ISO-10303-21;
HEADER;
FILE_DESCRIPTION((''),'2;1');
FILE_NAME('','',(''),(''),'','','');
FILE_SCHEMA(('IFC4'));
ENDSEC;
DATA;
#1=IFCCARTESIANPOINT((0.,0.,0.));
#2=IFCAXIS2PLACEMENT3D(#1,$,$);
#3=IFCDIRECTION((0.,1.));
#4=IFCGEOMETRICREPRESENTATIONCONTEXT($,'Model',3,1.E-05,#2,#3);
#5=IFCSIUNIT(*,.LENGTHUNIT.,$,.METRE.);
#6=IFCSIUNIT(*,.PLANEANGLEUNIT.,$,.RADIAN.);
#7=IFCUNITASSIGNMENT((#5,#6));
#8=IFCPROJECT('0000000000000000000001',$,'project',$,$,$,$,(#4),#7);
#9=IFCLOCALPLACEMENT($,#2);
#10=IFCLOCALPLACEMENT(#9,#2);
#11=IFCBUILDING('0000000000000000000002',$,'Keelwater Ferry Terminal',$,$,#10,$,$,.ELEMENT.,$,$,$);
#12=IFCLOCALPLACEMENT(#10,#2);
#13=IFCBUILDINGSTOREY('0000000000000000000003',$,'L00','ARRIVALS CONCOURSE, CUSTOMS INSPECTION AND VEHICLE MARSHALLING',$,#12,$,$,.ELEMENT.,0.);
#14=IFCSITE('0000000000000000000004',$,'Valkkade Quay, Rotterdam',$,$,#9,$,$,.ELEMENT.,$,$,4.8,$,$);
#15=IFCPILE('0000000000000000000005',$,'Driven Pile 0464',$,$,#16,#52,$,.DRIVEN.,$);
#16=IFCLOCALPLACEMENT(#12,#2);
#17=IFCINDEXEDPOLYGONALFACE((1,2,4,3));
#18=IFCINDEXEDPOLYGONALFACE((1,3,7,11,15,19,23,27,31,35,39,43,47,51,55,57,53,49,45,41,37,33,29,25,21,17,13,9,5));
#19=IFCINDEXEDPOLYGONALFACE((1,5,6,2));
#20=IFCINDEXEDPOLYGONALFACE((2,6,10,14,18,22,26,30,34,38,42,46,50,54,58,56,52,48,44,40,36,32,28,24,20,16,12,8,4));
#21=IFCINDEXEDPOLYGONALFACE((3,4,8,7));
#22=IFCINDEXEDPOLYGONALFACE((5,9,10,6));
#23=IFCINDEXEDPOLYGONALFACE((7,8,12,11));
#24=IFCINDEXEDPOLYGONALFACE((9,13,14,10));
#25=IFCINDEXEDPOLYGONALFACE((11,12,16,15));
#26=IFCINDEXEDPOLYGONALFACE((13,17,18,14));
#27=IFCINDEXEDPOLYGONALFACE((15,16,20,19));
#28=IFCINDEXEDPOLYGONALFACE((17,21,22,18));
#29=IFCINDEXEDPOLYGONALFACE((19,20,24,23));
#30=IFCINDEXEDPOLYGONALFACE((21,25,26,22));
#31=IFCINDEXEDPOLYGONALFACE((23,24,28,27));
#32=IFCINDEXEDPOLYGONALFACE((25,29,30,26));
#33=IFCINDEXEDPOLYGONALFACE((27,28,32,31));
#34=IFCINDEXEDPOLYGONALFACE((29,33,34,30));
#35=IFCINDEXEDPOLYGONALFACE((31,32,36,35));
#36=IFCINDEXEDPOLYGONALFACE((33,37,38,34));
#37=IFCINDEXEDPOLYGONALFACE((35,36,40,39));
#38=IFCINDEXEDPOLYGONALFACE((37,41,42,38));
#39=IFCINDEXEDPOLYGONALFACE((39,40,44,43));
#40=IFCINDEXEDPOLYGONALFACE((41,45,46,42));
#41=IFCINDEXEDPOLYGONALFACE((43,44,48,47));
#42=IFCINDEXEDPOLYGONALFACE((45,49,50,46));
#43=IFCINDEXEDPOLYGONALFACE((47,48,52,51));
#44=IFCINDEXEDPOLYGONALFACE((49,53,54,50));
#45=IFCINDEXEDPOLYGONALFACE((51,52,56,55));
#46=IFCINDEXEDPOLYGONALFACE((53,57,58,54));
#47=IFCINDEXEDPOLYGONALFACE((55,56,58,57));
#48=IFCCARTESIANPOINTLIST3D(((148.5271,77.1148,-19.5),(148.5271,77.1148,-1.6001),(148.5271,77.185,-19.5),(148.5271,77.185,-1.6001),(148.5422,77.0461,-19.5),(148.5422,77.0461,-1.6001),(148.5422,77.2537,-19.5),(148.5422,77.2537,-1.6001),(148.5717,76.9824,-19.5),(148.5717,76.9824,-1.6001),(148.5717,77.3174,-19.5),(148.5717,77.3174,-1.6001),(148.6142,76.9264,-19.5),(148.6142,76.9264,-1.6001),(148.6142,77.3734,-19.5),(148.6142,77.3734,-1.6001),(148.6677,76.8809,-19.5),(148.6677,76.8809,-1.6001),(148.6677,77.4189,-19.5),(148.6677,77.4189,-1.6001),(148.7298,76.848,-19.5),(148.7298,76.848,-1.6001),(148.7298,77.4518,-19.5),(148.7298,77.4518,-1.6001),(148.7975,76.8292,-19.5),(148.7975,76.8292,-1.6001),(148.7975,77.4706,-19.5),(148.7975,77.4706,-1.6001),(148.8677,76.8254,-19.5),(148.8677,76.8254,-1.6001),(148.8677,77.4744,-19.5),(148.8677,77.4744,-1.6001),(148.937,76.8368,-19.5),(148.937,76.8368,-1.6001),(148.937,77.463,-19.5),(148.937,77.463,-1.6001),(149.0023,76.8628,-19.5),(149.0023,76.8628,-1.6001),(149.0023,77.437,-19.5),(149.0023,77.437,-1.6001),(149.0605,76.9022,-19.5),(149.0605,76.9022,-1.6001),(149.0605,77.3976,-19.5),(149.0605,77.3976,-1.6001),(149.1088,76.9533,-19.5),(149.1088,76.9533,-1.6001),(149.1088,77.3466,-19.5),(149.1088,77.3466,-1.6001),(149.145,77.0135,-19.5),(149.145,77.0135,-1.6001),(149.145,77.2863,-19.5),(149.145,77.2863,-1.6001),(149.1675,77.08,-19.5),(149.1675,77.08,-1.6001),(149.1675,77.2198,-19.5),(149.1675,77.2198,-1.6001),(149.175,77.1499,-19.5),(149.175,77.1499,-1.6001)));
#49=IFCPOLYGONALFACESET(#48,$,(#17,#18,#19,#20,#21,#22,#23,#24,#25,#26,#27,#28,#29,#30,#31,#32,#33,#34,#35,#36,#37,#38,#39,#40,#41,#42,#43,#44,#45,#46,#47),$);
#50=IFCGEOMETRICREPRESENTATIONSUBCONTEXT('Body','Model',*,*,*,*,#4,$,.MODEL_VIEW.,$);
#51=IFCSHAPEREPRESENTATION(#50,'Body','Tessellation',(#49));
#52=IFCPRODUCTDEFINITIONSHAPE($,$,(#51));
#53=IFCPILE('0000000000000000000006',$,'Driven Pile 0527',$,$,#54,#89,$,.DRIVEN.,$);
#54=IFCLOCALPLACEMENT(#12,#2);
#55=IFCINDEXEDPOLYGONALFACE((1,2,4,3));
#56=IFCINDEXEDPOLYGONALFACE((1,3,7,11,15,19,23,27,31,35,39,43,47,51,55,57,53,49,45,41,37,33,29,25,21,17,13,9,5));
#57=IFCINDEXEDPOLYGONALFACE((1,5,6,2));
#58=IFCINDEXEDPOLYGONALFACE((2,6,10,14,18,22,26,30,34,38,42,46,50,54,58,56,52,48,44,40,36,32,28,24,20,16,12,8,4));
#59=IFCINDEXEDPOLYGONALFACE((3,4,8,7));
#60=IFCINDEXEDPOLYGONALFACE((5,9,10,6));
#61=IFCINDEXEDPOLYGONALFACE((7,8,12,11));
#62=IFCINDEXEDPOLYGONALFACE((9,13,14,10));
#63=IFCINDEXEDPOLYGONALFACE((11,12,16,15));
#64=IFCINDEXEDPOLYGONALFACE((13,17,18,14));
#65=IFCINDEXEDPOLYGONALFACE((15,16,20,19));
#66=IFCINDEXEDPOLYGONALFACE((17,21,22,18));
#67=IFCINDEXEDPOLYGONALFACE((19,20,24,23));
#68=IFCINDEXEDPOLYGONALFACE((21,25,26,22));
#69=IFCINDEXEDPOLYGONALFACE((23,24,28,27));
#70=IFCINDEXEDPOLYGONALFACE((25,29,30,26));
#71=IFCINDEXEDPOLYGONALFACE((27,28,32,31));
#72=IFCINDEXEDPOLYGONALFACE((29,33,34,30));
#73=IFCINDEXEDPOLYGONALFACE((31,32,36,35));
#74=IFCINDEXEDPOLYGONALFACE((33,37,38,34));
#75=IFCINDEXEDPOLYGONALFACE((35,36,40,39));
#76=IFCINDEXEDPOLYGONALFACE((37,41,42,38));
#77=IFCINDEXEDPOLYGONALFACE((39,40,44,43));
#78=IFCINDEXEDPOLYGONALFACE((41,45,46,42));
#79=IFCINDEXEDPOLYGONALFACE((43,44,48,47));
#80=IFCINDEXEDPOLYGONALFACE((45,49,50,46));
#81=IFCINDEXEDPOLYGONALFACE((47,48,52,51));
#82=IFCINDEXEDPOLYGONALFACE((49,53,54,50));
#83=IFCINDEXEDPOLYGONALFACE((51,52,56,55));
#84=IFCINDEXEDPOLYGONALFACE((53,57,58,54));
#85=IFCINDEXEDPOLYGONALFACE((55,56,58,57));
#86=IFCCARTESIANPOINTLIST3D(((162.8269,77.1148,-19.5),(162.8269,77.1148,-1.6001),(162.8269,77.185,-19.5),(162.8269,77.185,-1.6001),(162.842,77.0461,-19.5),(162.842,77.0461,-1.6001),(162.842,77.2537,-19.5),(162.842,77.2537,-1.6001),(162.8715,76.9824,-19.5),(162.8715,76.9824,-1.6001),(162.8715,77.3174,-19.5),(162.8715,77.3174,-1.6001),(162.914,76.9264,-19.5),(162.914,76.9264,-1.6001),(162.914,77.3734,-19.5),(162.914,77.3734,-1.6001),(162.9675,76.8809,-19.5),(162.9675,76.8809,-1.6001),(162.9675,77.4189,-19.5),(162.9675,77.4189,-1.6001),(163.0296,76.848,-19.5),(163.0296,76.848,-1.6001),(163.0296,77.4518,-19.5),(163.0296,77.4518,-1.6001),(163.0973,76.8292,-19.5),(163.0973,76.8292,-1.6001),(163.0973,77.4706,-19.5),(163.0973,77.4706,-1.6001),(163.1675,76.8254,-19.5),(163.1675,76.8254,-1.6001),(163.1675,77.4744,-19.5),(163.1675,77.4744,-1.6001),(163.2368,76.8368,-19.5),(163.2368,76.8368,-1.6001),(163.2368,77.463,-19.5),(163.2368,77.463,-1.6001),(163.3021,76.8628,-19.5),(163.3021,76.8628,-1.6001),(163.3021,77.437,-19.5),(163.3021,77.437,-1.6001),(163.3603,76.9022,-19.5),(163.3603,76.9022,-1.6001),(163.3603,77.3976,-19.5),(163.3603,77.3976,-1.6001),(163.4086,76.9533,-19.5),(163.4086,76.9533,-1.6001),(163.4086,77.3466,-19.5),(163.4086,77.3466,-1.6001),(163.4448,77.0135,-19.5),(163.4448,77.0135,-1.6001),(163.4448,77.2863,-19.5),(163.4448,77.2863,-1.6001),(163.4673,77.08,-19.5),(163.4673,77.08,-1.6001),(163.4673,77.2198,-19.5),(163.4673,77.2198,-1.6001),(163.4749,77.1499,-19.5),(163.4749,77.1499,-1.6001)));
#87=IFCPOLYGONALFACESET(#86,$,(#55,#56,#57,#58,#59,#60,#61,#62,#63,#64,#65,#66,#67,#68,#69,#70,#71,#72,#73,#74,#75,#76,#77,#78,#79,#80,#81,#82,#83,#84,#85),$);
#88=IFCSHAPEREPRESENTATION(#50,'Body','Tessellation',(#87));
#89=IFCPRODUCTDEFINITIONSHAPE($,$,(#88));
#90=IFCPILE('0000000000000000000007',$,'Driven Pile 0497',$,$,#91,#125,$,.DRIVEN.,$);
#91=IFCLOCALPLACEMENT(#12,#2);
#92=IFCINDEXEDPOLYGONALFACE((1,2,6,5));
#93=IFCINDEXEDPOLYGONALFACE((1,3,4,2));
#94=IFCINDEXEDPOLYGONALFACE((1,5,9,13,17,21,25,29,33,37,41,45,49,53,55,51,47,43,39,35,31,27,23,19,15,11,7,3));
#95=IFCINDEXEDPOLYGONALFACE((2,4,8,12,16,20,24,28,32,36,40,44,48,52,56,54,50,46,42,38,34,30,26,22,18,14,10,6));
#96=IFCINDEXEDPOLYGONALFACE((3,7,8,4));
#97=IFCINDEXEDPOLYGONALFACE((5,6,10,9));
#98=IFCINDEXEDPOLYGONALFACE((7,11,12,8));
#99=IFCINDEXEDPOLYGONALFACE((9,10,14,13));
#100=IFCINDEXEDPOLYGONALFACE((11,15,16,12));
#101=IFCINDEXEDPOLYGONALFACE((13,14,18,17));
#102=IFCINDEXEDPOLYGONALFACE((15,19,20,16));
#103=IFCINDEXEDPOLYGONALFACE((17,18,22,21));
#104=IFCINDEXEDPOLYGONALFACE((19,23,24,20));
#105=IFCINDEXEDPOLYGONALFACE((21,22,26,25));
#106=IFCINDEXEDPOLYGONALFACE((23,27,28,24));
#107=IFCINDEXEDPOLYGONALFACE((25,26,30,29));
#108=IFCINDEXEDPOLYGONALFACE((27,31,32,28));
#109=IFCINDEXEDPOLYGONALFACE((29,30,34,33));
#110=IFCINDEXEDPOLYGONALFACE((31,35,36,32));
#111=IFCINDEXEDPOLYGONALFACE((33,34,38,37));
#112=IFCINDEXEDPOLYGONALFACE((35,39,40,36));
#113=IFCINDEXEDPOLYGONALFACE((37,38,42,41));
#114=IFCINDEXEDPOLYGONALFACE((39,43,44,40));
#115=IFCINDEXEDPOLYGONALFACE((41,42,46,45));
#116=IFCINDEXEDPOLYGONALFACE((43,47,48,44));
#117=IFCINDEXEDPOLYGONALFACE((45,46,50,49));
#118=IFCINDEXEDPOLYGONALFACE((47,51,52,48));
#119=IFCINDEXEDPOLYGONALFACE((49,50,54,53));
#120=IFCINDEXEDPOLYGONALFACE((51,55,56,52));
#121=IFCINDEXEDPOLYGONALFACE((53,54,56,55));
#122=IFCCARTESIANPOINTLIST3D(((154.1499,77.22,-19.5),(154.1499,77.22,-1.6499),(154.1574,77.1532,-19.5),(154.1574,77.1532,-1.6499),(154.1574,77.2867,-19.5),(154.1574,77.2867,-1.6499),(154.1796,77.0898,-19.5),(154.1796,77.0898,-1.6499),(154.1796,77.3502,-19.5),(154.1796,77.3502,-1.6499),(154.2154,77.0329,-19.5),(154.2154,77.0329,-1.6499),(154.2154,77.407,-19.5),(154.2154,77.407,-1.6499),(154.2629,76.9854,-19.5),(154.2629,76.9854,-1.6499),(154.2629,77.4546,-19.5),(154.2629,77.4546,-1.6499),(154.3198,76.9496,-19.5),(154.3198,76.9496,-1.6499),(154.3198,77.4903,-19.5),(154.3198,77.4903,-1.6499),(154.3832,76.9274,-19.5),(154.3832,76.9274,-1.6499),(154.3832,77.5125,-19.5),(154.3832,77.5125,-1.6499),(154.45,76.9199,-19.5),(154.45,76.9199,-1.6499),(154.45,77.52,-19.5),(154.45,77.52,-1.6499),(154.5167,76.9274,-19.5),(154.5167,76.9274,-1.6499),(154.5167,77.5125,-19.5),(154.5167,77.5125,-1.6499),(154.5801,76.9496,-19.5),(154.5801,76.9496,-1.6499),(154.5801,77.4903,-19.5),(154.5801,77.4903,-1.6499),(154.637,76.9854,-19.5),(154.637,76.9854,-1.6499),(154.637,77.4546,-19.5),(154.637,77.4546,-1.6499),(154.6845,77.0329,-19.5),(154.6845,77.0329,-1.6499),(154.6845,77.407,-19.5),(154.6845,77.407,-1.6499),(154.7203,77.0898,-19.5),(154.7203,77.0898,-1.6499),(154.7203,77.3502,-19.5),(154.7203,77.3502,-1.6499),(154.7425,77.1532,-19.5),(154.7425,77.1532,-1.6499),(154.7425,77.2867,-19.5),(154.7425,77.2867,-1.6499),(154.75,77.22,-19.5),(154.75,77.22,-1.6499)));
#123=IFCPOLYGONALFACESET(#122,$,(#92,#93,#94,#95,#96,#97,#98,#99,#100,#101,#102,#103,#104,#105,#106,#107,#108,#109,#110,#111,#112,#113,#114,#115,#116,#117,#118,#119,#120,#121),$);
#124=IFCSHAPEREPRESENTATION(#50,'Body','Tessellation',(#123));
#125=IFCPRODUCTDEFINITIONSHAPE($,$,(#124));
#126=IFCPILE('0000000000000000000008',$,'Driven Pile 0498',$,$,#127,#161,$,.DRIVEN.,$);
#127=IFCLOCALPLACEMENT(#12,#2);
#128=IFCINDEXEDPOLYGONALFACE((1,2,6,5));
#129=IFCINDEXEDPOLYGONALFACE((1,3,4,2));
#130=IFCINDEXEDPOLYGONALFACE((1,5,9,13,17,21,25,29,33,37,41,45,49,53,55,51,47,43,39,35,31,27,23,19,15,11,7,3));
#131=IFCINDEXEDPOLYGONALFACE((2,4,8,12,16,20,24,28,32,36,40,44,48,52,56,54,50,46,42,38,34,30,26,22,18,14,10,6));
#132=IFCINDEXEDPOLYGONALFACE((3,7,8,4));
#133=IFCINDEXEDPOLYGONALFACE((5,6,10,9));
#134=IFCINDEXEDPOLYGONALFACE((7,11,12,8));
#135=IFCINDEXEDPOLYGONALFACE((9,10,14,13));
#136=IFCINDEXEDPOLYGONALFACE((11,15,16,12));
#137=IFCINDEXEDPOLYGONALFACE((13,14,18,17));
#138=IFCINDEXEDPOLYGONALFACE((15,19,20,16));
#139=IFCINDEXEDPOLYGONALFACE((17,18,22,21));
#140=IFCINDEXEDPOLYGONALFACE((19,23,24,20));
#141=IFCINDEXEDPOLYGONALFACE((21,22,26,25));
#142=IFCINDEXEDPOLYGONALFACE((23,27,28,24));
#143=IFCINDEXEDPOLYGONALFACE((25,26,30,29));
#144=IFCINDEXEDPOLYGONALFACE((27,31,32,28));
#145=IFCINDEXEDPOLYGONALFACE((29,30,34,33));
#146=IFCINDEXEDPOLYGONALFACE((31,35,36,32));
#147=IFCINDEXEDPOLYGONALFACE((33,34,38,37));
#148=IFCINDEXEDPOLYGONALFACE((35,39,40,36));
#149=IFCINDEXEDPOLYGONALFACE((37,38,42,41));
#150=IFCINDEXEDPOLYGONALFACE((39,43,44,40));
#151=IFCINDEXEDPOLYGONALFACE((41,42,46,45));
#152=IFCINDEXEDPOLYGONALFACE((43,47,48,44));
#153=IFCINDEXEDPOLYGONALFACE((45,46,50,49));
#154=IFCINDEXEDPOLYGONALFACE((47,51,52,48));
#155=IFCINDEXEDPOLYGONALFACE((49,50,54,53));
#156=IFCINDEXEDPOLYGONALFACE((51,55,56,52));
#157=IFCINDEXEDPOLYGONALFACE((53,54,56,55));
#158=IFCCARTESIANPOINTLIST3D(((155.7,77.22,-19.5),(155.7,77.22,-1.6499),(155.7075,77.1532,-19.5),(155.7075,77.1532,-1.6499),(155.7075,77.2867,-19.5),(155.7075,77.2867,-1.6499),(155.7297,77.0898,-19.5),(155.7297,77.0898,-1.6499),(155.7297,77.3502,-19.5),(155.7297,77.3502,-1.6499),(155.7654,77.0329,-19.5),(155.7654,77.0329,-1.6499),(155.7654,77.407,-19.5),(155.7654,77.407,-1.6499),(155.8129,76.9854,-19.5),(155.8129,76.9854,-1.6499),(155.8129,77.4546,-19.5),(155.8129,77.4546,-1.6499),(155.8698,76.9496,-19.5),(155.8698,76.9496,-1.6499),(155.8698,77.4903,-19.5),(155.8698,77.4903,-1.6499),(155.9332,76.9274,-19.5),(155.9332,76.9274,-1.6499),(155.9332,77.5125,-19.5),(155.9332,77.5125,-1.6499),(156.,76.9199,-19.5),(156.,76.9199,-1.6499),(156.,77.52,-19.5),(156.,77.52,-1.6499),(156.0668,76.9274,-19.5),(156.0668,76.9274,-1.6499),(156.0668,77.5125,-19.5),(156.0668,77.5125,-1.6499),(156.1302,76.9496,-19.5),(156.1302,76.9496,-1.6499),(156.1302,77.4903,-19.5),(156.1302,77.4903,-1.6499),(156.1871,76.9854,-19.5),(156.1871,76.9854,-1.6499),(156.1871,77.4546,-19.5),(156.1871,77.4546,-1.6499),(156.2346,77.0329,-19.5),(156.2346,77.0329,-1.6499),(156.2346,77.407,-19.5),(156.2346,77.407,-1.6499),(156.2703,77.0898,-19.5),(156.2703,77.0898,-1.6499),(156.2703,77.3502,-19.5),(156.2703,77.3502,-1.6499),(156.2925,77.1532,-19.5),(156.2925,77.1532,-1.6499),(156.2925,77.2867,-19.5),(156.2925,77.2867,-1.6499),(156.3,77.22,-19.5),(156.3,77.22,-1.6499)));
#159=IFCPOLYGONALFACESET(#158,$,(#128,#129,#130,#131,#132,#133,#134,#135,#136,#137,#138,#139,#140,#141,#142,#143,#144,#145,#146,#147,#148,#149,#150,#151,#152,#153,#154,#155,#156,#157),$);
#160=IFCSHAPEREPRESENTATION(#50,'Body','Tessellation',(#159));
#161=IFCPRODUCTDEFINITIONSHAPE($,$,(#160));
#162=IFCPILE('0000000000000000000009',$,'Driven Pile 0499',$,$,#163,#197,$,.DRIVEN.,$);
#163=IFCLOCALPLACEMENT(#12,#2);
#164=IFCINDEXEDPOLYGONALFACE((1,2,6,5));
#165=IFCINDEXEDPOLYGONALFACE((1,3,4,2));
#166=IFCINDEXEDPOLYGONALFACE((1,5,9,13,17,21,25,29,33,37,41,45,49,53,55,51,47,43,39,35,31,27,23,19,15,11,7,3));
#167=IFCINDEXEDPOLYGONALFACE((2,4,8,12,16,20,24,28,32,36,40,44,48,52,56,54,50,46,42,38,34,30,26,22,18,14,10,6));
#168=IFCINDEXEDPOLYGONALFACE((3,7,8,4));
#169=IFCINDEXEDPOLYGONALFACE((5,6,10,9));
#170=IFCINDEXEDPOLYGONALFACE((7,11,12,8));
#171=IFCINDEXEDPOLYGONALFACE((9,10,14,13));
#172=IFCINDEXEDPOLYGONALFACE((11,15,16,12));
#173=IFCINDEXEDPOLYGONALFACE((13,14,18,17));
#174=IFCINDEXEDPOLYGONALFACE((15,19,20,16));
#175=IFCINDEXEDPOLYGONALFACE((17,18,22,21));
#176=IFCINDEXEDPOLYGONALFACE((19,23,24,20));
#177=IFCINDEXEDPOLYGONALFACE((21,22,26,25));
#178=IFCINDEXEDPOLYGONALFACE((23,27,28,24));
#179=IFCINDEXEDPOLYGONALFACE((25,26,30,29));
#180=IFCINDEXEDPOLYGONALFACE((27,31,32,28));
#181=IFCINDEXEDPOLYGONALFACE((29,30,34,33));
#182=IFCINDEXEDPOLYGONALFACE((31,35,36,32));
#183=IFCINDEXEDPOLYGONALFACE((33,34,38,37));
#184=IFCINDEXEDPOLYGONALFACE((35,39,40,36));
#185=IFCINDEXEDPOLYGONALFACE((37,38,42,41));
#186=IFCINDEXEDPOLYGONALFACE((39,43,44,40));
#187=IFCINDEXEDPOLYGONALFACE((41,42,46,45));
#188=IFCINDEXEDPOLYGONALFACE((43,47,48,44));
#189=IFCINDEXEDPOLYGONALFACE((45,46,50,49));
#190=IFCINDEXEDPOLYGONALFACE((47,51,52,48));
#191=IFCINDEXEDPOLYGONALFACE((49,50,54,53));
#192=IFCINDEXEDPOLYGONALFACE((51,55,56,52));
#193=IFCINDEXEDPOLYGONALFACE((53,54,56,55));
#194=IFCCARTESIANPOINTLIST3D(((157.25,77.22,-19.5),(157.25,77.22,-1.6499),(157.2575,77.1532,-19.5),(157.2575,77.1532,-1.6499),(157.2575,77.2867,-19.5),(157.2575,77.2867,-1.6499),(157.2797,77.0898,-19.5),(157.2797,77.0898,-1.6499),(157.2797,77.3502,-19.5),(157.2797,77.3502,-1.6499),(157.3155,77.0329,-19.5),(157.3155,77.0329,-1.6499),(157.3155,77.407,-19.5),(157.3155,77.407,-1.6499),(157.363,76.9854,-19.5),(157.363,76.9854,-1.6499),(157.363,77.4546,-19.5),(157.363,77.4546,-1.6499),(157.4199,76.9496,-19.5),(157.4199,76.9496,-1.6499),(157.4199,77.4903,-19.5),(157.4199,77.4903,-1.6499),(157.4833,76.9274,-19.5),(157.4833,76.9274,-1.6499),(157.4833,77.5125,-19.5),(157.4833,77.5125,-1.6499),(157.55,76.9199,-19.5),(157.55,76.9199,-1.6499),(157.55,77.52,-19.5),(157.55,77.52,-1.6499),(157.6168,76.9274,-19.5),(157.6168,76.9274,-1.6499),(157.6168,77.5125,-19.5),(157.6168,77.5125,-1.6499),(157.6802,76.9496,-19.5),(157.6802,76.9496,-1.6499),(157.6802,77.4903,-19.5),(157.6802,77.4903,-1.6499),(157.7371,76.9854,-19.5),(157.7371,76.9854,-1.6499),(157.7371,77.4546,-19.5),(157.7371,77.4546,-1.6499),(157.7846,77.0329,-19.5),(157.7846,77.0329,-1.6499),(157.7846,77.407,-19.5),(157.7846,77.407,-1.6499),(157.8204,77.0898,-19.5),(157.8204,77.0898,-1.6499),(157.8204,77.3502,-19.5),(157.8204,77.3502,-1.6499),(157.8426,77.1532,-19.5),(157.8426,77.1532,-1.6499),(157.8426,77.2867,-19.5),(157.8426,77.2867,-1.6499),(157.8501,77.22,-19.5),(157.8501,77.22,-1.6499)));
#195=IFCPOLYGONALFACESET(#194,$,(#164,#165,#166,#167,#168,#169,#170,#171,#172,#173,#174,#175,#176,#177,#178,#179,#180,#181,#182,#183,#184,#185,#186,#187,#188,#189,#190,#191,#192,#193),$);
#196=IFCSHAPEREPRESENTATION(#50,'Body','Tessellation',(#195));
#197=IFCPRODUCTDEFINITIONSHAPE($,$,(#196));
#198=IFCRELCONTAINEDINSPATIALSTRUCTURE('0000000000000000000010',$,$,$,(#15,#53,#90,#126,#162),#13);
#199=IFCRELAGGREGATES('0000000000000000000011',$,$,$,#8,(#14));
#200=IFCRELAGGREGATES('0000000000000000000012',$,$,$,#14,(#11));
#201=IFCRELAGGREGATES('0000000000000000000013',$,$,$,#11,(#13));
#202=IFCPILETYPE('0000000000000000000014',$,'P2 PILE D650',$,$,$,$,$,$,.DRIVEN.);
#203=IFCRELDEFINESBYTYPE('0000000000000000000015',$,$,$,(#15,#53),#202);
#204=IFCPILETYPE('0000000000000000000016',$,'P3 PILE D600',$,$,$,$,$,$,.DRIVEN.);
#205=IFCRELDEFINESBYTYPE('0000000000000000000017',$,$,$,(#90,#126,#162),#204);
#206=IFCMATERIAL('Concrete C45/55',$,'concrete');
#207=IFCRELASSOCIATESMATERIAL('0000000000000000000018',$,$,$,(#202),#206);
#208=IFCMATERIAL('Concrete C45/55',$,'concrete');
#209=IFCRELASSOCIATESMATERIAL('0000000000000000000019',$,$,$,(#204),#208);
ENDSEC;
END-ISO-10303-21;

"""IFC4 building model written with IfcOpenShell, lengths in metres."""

from ifc_helpers import new_model, si_unit, direction, frame, origin, origin_2d, place, context, subcontext, project, spatial, circle, extrude, material, material_profile, profile_set, type_object, element, save


model = new_model("IFC4")

# Units and contexts
model_context = context("Model", 3, precision=1e-05, world=origin(), true_north=direction((0.0, 1.0)))
body_context = subcontext(model_context, "Body", "Model", "MODEL_VIEW")
ifc_project = project(units=[si_unit("LENGTHUNIT", "METRE"), si_unit("PLANEANGLEUNIT", "RADIAN")], contexts=[model_context])

# Site, building, storey
site_placement = place(None, origin())
site = spatial("IfcSite", under=ifc_project, at=site_placement, Name="Valkkade Quay, Rotterdam", CompositionType="ELEMENT", RefElevation=4.8)
building_placement = place(site_placement, origin())
building = spatial("IfcBuilding", under=site, at=building_placement, Name="Keelwater Ferry Terminal", CompositionType="ELEMENT")
storey_placement = place(building_placement, origin())
storey = spatial("IfcBuildingStorey", under=building, at=storey_placement, Name="L00", Description="ARRIVALS CONCOURSE, CUSTOMS INSPECTION AND VEHICLE MARSHALLING", CompositionType="ELEMENT", Elevation=0.0)

# Piles
ifc_material_1 = material(Name="Concrete C45/55", Category="concrete")
ifc_material_profile_1 = material_profile(ifc_material_1, circle(Radius=0.325, at=origin_2d()), Name="PILE D650")
ifc_profile_set_1 = profile_set([ifc_material_profile_1], Name="Concrete C45/55")
pile_type_1 = type_object("IfcPileType", Name="P2 PILE D650", PredefinedType="DRIVEN", material=ifc_profile_set_1)
for number, where, z_axis, x_axis, name in (
    (1, (148.8501, 77.1499, -1.6001), (0.0, 0.0, -1.0), (1.0, 0.0, 0.0), "Driven Pile 0464"),
    (2, (163.1499, 77.1499, -1.6001), (0.0, 0.0, -1.0), (1.0, 0.0, 0.0), "Driven Pile 0527"),
):
    element("IfcPile", number, at=place(storey_placement, frame(where, z_axis=z_axis, x_axis=x_axis)), inside=storey, type_object=pile_type_1, Name=name, PredefinedType="DRIVEN", context=body_context, shape_type="SweptSolid", body=[
        extrude(circle(Radius=0.325, at=origin_2d()), origin(), (0.0, 0.0, 1.0), 17.8999),
    ])
ifc_material_2 = material(Name="Concrete C45/55", Category="concrete")
ifc_material_profile_2 = material_profile(ifc_material_2, circle(Radius=0.3, at=origin_2d()), Name="PILE D600")
ifc_profile_set_2 = profile_set([ifc_material_profile_2], Name="Concrete C45/55")
pile_type_2 = type_object("IfcPileType", Name="P3 PILE D600", PredefinedType="DRIVEN", material=ifc_profile_set_2)
for number, where, z_axis, x_axis, name in (
    (3, (154.45, 77.22, -1.6499), (0.0, 0.0, -1.0), (1.0, 0.0, 0.0), "Driven Pile 0497"),
    (4, (156.0, 77.22, -1.6499), (0.0, 0.0, -1.0), (1.0, 0.0, 0.0), "Driven Pile 0498"),
    (5, (157.55, 77.22, -1.6499), (0.0, 0.0, -1.0), (1.0, 0.0, 0.0), "Driven Pile 0499"),
):
    element("IfcPile", number, at=place(storey_placement, frame(where, z_axis=z_axis, x_axis=x_axis)), inside=storey, type_object=pile_type_2, Name=name, PredefinedType="DRIVEN", context=body_context, shape_type="SweptSolid", body=[
        extrude(circle(Radius=0.3, at=origin_2d()), origin(), (0.0, 0.0, 1.0), 17.8501),
    ])

save(model, "model.ifc")
